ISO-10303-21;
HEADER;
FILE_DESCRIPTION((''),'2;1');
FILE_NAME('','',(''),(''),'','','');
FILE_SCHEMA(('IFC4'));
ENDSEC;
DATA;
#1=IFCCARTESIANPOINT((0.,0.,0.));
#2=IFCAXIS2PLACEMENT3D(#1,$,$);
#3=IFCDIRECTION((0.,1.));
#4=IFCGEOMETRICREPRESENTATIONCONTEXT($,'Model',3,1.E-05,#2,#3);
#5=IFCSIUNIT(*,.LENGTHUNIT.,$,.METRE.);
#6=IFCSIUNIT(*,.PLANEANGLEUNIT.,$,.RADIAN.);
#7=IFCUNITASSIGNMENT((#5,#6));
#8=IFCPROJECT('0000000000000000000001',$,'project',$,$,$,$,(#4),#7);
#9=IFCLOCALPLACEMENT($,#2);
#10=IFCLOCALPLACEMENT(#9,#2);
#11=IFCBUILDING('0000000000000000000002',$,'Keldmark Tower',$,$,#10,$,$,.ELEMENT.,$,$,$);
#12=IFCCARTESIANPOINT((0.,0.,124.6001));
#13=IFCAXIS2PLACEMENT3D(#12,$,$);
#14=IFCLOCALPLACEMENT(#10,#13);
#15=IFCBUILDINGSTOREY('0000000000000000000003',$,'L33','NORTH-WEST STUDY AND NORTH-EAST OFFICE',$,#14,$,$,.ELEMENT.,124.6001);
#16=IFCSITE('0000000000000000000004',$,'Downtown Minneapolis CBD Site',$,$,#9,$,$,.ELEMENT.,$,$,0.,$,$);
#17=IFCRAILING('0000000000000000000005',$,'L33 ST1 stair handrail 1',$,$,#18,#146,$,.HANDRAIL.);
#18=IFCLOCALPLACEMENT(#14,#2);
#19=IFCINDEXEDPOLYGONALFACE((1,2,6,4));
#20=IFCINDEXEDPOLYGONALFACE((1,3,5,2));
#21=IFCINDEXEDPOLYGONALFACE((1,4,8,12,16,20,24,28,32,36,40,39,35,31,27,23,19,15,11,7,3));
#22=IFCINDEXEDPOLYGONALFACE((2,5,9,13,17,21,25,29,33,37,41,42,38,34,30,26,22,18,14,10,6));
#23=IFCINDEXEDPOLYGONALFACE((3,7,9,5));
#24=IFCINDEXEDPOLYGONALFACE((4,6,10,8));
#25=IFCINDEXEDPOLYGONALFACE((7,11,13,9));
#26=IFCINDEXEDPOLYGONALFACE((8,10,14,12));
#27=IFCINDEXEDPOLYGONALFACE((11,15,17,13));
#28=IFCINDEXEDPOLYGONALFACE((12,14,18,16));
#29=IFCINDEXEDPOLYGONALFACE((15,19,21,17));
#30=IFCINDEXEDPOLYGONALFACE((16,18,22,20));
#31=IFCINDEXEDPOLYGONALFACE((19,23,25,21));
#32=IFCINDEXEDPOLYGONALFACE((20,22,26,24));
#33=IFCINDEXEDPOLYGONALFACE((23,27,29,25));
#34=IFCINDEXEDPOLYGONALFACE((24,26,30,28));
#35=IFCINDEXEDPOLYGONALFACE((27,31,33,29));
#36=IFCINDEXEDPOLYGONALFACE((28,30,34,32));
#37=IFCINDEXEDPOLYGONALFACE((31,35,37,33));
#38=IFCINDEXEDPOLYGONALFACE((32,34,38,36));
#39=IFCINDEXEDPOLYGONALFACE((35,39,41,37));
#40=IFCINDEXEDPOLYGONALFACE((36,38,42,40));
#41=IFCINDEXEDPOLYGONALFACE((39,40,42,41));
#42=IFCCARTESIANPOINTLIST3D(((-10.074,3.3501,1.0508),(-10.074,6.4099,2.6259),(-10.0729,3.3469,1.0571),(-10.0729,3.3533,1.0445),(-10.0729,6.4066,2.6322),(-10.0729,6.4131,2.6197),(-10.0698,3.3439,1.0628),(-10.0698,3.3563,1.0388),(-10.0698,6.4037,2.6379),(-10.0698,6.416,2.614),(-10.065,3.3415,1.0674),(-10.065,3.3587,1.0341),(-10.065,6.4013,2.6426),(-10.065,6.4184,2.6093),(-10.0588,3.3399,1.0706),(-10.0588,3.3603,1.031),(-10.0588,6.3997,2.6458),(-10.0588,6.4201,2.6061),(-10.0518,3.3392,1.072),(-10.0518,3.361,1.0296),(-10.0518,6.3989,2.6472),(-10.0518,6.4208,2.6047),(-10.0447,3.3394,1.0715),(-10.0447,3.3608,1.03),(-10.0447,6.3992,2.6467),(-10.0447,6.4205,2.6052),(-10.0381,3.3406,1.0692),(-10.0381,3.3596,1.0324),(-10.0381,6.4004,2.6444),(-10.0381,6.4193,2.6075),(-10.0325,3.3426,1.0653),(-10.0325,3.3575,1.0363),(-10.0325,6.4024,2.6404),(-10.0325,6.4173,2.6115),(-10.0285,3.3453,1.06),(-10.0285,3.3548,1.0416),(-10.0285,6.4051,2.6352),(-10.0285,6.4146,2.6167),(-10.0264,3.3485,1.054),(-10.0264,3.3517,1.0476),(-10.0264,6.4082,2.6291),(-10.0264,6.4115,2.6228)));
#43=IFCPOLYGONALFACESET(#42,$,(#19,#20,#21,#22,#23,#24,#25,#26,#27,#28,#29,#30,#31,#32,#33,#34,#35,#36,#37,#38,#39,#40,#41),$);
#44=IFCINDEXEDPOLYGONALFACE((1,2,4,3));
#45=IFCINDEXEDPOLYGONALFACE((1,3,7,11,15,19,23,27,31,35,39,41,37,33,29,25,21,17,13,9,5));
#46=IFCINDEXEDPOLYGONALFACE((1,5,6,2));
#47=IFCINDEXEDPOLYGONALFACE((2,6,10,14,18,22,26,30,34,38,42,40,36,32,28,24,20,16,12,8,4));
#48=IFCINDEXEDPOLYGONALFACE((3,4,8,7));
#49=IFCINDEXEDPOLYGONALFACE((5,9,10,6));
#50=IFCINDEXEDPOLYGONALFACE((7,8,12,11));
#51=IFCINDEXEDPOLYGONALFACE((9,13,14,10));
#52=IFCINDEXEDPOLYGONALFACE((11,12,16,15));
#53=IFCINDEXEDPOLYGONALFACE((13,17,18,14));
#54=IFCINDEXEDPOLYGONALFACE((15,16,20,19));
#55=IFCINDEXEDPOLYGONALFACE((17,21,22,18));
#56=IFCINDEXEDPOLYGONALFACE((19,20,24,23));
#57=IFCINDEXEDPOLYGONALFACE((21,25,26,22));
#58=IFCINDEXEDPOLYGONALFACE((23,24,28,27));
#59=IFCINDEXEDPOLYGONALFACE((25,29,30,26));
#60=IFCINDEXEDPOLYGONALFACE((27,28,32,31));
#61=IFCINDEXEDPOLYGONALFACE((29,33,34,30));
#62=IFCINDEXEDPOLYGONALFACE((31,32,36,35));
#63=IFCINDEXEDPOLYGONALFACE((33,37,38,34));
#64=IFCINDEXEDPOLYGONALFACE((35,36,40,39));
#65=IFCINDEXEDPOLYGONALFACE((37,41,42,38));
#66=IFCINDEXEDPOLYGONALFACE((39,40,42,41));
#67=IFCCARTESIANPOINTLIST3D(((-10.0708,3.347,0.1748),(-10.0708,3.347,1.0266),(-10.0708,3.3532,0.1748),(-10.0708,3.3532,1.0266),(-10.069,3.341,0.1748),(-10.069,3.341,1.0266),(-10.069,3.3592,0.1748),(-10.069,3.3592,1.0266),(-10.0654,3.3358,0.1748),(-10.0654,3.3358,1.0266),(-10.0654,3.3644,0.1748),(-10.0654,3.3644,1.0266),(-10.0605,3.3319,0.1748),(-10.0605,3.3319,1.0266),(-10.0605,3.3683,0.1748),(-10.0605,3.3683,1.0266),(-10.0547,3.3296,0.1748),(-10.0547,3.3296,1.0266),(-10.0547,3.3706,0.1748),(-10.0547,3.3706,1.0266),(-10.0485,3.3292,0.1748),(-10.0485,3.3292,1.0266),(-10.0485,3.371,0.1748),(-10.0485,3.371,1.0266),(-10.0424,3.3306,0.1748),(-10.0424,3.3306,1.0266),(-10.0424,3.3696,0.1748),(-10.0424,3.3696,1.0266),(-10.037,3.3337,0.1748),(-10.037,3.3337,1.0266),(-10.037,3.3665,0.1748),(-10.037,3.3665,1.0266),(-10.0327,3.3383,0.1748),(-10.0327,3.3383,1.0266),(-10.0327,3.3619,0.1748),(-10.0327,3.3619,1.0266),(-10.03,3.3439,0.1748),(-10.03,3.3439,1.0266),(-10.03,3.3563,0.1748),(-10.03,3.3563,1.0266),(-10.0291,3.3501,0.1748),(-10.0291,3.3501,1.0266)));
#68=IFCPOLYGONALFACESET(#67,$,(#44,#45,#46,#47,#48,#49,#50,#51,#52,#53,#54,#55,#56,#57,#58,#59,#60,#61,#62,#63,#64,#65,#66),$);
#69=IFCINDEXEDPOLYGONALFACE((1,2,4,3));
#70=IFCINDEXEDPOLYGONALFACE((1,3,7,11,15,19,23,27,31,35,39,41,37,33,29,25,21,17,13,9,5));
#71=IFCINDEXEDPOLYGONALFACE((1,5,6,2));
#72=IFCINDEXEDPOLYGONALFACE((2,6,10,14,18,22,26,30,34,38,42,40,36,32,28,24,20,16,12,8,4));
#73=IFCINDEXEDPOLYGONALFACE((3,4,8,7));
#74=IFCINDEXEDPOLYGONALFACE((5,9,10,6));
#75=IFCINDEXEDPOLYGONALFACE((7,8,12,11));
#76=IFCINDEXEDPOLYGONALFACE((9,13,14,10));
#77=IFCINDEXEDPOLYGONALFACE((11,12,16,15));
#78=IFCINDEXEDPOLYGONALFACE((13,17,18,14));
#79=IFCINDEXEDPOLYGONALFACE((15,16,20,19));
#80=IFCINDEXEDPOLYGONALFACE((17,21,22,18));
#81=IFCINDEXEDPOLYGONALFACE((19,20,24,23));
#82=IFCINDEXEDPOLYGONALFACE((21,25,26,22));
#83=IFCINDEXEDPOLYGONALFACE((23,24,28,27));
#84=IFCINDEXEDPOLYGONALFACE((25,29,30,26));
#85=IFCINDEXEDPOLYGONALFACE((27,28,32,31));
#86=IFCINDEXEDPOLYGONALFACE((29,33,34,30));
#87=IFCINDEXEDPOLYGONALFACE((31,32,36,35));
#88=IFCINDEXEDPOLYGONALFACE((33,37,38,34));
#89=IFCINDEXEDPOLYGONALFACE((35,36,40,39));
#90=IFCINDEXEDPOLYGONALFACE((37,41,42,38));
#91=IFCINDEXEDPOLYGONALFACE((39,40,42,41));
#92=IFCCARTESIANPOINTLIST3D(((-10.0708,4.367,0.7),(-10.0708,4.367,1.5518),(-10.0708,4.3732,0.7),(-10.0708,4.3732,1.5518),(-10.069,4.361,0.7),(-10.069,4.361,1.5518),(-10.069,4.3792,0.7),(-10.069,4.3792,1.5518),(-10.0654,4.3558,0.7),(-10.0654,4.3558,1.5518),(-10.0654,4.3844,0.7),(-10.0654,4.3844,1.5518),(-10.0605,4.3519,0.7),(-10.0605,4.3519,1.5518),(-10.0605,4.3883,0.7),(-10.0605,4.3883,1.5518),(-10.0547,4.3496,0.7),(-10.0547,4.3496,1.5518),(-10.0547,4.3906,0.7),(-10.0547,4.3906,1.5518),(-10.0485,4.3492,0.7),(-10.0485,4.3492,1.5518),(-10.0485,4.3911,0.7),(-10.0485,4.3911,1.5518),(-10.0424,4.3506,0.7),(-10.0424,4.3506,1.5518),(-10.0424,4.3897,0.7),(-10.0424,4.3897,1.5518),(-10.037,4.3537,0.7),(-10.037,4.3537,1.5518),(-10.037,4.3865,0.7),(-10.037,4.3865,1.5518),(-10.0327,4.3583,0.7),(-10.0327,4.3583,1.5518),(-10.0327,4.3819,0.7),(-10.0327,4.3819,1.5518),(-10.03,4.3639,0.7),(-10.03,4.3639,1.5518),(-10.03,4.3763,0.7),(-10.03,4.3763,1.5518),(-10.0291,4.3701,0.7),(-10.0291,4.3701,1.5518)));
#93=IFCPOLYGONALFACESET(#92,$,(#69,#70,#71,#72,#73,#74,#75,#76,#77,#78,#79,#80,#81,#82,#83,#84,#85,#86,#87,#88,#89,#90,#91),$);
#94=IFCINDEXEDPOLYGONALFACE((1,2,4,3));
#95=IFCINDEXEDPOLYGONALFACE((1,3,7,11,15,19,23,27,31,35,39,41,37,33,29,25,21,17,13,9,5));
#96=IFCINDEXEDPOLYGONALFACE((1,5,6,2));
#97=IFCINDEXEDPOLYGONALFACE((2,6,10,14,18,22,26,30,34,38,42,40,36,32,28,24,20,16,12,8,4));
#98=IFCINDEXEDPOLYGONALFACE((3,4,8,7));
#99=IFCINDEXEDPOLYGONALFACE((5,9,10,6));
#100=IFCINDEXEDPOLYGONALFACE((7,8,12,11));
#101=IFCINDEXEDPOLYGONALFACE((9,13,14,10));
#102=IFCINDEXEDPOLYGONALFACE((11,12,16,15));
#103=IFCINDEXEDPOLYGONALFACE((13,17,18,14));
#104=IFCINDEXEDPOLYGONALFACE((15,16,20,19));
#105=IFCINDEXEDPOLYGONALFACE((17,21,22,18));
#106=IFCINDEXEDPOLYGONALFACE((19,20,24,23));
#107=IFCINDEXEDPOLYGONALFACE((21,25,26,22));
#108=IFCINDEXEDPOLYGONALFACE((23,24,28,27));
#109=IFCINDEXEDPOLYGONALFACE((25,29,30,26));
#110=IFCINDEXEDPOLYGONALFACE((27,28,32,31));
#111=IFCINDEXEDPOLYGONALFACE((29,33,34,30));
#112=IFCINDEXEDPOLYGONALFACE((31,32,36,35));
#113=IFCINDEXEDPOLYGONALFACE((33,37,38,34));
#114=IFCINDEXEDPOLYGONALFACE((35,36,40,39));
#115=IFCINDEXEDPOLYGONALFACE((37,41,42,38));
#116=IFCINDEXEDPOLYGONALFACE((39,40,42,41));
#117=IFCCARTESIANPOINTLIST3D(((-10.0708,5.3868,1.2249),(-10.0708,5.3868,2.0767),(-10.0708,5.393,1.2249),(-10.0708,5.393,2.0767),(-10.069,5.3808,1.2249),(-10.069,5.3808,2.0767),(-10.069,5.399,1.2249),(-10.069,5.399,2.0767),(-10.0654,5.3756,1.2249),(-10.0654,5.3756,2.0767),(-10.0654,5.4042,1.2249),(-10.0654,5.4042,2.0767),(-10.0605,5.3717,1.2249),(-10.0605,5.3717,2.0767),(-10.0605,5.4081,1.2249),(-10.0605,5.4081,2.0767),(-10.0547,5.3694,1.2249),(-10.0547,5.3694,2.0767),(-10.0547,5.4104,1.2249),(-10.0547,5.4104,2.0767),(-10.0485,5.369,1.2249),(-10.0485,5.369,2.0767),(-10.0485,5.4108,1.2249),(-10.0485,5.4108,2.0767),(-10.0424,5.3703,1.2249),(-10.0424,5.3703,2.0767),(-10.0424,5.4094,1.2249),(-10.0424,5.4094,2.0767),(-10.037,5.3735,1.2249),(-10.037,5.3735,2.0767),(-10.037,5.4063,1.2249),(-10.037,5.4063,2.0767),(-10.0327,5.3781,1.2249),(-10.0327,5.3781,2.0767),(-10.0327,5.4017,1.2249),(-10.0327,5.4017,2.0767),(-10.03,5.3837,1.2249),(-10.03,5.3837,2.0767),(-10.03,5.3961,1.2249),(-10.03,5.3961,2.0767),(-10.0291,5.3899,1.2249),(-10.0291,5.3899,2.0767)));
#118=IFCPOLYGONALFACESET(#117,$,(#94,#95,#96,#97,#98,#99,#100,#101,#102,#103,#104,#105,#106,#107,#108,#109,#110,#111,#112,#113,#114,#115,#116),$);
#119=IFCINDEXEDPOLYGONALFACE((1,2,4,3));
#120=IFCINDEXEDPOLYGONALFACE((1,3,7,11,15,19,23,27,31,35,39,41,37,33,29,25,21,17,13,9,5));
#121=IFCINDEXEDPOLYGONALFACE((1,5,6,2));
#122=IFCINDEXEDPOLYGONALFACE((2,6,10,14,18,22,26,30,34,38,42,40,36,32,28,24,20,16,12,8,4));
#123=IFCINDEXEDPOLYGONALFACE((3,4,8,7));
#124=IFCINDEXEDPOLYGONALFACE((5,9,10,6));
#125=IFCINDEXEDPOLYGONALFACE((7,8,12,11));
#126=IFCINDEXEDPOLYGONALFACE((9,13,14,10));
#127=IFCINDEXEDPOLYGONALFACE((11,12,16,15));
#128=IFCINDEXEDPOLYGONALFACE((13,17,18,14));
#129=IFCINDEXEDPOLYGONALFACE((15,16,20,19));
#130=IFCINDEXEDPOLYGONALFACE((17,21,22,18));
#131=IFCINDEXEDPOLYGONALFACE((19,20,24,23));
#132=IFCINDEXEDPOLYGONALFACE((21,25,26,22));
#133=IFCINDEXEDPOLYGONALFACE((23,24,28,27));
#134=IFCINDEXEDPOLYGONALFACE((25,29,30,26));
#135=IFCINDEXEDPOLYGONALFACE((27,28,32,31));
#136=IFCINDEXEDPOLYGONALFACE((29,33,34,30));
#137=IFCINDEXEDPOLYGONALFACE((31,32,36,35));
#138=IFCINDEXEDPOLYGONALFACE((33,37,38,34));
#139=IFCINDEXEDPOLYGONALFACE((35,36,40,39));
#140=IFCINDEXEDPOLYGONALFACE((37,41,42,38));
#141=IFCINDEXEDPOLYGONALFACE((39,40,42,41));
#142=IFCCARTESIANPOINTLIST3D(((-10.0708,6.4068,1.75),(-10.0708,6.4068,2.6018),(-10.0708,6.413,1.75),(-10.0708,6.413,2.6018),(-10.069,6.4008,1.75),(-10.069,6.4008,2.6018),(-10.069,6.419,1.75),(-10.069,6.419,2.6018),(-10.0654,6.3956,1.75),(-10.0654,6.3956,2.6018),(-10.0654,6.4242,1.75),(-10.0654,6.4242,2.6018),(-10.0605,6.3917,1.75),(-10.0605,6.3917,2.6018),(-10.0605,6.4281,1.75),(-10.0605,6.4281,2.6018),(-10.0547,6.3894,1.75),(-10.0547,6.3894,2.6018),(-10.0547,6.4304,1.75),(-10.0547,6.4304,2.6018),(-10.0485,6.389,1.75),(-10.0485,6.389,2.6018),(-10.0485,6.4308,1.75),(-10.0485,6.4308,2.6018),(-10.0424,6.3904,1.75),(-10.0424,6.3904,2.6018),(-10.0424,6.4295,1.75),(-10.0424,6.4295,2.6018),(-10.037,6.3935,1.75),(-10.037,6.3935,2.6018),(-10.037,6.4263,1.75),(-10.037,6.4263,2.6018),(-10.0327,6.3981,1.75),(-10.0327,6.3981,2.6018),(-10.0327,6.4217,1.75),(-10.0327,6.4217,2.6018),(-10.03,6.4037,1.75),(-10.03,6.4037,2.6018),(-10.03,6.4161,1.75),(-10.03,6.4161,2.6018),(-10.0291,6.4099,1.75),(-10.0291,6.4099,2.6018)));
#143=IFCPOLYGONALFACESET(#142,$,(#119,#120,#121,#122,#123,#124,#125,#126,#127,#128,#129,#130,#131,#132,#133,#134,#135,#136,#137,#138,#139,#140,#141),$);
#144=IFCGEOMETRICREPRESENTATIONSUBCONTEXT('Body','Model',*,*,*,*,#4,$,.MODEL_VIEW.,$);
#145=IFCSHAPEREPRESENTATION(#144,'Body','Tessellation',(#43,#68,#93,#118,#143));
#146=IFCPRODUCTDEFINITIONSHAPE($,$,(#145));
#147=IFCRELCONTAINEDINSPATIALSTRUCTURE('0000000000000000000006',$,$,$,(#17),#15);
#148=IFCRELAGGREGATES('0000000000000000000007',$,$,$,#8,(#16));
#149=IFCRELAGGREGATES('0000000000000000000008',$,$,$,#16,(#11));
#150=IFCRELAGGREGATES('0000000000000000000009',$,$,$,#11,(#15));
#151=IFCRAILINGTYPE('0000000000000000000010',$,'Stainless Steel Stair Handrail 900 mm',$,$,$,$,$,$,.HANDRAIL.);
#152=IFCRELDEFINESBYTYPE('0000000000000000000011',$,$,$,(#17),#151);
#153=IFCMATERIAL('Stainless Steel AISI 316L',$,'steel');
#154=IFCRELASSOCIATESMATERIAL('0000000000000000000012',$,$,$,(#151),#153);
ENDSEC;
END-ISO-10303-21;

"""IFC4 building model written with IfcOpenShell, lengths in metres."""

from ifc_helpers import new_model, si_unit, direction, frame, origin, origin_2d, place, context, subcontext, project, spatial, circle, extrude, material, type_object, element, save


model = new_model("IFC4")

# Units and contexts
model_context = context("Model", 3, precision=1e-05, world=origin(), true_north=direction((0.0, 1.0)))
body_context = subcontext(model_context, "Body", "Model", "MODEL_VIEW")
ifc_project = project(units=[si_unit("LENGTHUNIT", "METRE"), si_unit("PLANEANGLEUNIT", "RADIAN")], contexts=[model_context])

# Site, building, storey
site_placement = place(None, origin())
site = spatial("IfcSite", under=ifc_project, at=site_placement, Name="Downtown Minneapolis CBD Site", CompositionType="ELEMENT", RefElevation=0.0)
building_placement = place(site_placement, origin())
building = spatial("IfcBuilding", under=site, at=building_placement, Name="Keldmark Tower", CompositionType="ELEMENT")
storey_placement = place(building_placement, frame((0.0, 0.0, 124.6001)))
storey = spatial("IfcBuildingStorey", under=building, at=storey_placement, Name="L33", Description="NORTH-WEST STUDY AND NORTH-EAST OFFICE", CompositionType="ELEMENT", Elevation=124.6001)

# Railing
ifc_material_1 = material(Name="Stainless Steel AISI 316L", Category="steel")
railing_type_1 = type_object("IfcRailingType", Name="Stainless Steel Stair Handrail 900 mm", PredefinedType="HANDRAIL", material=ifc_material_1)
railing_1_placement = place(storey_placement, frame((-10.05, 3.3501, 0.1748)))
element("IfcRailing", 1, at=railing_1_placement, inside=storey, type_object=railing_type_1, Name="L33 ST1 stair handrail 1", PredefinedType="HANDRAIL", context=body_context, shape_type="SweptSolid", body=[
    extrude(circle(Radius=0.0239, at=origin_2d()), frame((0.0, 0.0, 0.876), z_axis=(0.0, 0.889101, 0.45771), x_axis=(-1.0, 0.0, 0.0)), (0.0, 0.0, 1.0), 3.4414),
    extrude(circle(Radius=0.021, at=origin_2d()), origin(), (0.0, 0.0, 1.0), 0.8518),
    extrude(circle(Radius=0.021, at=origin_2d()), frame((0.0, 1.02, 0.5251)), (0.0, 0.0, 1.0), 0.8518),
    extrude(circle(Radius=0.021, at=origin_2d()), frame((0.0, 2.0398, 1.05)), (0.0, 0.0, 1.0), 0.8518),
    extrude(circle(Radius=0.021, at=origin_2d()), frame((0.0, 3.0598, 1.5752)), (0.0, 0.0, 1.0), 0.8518),
])

save(model, "model.ifc")
